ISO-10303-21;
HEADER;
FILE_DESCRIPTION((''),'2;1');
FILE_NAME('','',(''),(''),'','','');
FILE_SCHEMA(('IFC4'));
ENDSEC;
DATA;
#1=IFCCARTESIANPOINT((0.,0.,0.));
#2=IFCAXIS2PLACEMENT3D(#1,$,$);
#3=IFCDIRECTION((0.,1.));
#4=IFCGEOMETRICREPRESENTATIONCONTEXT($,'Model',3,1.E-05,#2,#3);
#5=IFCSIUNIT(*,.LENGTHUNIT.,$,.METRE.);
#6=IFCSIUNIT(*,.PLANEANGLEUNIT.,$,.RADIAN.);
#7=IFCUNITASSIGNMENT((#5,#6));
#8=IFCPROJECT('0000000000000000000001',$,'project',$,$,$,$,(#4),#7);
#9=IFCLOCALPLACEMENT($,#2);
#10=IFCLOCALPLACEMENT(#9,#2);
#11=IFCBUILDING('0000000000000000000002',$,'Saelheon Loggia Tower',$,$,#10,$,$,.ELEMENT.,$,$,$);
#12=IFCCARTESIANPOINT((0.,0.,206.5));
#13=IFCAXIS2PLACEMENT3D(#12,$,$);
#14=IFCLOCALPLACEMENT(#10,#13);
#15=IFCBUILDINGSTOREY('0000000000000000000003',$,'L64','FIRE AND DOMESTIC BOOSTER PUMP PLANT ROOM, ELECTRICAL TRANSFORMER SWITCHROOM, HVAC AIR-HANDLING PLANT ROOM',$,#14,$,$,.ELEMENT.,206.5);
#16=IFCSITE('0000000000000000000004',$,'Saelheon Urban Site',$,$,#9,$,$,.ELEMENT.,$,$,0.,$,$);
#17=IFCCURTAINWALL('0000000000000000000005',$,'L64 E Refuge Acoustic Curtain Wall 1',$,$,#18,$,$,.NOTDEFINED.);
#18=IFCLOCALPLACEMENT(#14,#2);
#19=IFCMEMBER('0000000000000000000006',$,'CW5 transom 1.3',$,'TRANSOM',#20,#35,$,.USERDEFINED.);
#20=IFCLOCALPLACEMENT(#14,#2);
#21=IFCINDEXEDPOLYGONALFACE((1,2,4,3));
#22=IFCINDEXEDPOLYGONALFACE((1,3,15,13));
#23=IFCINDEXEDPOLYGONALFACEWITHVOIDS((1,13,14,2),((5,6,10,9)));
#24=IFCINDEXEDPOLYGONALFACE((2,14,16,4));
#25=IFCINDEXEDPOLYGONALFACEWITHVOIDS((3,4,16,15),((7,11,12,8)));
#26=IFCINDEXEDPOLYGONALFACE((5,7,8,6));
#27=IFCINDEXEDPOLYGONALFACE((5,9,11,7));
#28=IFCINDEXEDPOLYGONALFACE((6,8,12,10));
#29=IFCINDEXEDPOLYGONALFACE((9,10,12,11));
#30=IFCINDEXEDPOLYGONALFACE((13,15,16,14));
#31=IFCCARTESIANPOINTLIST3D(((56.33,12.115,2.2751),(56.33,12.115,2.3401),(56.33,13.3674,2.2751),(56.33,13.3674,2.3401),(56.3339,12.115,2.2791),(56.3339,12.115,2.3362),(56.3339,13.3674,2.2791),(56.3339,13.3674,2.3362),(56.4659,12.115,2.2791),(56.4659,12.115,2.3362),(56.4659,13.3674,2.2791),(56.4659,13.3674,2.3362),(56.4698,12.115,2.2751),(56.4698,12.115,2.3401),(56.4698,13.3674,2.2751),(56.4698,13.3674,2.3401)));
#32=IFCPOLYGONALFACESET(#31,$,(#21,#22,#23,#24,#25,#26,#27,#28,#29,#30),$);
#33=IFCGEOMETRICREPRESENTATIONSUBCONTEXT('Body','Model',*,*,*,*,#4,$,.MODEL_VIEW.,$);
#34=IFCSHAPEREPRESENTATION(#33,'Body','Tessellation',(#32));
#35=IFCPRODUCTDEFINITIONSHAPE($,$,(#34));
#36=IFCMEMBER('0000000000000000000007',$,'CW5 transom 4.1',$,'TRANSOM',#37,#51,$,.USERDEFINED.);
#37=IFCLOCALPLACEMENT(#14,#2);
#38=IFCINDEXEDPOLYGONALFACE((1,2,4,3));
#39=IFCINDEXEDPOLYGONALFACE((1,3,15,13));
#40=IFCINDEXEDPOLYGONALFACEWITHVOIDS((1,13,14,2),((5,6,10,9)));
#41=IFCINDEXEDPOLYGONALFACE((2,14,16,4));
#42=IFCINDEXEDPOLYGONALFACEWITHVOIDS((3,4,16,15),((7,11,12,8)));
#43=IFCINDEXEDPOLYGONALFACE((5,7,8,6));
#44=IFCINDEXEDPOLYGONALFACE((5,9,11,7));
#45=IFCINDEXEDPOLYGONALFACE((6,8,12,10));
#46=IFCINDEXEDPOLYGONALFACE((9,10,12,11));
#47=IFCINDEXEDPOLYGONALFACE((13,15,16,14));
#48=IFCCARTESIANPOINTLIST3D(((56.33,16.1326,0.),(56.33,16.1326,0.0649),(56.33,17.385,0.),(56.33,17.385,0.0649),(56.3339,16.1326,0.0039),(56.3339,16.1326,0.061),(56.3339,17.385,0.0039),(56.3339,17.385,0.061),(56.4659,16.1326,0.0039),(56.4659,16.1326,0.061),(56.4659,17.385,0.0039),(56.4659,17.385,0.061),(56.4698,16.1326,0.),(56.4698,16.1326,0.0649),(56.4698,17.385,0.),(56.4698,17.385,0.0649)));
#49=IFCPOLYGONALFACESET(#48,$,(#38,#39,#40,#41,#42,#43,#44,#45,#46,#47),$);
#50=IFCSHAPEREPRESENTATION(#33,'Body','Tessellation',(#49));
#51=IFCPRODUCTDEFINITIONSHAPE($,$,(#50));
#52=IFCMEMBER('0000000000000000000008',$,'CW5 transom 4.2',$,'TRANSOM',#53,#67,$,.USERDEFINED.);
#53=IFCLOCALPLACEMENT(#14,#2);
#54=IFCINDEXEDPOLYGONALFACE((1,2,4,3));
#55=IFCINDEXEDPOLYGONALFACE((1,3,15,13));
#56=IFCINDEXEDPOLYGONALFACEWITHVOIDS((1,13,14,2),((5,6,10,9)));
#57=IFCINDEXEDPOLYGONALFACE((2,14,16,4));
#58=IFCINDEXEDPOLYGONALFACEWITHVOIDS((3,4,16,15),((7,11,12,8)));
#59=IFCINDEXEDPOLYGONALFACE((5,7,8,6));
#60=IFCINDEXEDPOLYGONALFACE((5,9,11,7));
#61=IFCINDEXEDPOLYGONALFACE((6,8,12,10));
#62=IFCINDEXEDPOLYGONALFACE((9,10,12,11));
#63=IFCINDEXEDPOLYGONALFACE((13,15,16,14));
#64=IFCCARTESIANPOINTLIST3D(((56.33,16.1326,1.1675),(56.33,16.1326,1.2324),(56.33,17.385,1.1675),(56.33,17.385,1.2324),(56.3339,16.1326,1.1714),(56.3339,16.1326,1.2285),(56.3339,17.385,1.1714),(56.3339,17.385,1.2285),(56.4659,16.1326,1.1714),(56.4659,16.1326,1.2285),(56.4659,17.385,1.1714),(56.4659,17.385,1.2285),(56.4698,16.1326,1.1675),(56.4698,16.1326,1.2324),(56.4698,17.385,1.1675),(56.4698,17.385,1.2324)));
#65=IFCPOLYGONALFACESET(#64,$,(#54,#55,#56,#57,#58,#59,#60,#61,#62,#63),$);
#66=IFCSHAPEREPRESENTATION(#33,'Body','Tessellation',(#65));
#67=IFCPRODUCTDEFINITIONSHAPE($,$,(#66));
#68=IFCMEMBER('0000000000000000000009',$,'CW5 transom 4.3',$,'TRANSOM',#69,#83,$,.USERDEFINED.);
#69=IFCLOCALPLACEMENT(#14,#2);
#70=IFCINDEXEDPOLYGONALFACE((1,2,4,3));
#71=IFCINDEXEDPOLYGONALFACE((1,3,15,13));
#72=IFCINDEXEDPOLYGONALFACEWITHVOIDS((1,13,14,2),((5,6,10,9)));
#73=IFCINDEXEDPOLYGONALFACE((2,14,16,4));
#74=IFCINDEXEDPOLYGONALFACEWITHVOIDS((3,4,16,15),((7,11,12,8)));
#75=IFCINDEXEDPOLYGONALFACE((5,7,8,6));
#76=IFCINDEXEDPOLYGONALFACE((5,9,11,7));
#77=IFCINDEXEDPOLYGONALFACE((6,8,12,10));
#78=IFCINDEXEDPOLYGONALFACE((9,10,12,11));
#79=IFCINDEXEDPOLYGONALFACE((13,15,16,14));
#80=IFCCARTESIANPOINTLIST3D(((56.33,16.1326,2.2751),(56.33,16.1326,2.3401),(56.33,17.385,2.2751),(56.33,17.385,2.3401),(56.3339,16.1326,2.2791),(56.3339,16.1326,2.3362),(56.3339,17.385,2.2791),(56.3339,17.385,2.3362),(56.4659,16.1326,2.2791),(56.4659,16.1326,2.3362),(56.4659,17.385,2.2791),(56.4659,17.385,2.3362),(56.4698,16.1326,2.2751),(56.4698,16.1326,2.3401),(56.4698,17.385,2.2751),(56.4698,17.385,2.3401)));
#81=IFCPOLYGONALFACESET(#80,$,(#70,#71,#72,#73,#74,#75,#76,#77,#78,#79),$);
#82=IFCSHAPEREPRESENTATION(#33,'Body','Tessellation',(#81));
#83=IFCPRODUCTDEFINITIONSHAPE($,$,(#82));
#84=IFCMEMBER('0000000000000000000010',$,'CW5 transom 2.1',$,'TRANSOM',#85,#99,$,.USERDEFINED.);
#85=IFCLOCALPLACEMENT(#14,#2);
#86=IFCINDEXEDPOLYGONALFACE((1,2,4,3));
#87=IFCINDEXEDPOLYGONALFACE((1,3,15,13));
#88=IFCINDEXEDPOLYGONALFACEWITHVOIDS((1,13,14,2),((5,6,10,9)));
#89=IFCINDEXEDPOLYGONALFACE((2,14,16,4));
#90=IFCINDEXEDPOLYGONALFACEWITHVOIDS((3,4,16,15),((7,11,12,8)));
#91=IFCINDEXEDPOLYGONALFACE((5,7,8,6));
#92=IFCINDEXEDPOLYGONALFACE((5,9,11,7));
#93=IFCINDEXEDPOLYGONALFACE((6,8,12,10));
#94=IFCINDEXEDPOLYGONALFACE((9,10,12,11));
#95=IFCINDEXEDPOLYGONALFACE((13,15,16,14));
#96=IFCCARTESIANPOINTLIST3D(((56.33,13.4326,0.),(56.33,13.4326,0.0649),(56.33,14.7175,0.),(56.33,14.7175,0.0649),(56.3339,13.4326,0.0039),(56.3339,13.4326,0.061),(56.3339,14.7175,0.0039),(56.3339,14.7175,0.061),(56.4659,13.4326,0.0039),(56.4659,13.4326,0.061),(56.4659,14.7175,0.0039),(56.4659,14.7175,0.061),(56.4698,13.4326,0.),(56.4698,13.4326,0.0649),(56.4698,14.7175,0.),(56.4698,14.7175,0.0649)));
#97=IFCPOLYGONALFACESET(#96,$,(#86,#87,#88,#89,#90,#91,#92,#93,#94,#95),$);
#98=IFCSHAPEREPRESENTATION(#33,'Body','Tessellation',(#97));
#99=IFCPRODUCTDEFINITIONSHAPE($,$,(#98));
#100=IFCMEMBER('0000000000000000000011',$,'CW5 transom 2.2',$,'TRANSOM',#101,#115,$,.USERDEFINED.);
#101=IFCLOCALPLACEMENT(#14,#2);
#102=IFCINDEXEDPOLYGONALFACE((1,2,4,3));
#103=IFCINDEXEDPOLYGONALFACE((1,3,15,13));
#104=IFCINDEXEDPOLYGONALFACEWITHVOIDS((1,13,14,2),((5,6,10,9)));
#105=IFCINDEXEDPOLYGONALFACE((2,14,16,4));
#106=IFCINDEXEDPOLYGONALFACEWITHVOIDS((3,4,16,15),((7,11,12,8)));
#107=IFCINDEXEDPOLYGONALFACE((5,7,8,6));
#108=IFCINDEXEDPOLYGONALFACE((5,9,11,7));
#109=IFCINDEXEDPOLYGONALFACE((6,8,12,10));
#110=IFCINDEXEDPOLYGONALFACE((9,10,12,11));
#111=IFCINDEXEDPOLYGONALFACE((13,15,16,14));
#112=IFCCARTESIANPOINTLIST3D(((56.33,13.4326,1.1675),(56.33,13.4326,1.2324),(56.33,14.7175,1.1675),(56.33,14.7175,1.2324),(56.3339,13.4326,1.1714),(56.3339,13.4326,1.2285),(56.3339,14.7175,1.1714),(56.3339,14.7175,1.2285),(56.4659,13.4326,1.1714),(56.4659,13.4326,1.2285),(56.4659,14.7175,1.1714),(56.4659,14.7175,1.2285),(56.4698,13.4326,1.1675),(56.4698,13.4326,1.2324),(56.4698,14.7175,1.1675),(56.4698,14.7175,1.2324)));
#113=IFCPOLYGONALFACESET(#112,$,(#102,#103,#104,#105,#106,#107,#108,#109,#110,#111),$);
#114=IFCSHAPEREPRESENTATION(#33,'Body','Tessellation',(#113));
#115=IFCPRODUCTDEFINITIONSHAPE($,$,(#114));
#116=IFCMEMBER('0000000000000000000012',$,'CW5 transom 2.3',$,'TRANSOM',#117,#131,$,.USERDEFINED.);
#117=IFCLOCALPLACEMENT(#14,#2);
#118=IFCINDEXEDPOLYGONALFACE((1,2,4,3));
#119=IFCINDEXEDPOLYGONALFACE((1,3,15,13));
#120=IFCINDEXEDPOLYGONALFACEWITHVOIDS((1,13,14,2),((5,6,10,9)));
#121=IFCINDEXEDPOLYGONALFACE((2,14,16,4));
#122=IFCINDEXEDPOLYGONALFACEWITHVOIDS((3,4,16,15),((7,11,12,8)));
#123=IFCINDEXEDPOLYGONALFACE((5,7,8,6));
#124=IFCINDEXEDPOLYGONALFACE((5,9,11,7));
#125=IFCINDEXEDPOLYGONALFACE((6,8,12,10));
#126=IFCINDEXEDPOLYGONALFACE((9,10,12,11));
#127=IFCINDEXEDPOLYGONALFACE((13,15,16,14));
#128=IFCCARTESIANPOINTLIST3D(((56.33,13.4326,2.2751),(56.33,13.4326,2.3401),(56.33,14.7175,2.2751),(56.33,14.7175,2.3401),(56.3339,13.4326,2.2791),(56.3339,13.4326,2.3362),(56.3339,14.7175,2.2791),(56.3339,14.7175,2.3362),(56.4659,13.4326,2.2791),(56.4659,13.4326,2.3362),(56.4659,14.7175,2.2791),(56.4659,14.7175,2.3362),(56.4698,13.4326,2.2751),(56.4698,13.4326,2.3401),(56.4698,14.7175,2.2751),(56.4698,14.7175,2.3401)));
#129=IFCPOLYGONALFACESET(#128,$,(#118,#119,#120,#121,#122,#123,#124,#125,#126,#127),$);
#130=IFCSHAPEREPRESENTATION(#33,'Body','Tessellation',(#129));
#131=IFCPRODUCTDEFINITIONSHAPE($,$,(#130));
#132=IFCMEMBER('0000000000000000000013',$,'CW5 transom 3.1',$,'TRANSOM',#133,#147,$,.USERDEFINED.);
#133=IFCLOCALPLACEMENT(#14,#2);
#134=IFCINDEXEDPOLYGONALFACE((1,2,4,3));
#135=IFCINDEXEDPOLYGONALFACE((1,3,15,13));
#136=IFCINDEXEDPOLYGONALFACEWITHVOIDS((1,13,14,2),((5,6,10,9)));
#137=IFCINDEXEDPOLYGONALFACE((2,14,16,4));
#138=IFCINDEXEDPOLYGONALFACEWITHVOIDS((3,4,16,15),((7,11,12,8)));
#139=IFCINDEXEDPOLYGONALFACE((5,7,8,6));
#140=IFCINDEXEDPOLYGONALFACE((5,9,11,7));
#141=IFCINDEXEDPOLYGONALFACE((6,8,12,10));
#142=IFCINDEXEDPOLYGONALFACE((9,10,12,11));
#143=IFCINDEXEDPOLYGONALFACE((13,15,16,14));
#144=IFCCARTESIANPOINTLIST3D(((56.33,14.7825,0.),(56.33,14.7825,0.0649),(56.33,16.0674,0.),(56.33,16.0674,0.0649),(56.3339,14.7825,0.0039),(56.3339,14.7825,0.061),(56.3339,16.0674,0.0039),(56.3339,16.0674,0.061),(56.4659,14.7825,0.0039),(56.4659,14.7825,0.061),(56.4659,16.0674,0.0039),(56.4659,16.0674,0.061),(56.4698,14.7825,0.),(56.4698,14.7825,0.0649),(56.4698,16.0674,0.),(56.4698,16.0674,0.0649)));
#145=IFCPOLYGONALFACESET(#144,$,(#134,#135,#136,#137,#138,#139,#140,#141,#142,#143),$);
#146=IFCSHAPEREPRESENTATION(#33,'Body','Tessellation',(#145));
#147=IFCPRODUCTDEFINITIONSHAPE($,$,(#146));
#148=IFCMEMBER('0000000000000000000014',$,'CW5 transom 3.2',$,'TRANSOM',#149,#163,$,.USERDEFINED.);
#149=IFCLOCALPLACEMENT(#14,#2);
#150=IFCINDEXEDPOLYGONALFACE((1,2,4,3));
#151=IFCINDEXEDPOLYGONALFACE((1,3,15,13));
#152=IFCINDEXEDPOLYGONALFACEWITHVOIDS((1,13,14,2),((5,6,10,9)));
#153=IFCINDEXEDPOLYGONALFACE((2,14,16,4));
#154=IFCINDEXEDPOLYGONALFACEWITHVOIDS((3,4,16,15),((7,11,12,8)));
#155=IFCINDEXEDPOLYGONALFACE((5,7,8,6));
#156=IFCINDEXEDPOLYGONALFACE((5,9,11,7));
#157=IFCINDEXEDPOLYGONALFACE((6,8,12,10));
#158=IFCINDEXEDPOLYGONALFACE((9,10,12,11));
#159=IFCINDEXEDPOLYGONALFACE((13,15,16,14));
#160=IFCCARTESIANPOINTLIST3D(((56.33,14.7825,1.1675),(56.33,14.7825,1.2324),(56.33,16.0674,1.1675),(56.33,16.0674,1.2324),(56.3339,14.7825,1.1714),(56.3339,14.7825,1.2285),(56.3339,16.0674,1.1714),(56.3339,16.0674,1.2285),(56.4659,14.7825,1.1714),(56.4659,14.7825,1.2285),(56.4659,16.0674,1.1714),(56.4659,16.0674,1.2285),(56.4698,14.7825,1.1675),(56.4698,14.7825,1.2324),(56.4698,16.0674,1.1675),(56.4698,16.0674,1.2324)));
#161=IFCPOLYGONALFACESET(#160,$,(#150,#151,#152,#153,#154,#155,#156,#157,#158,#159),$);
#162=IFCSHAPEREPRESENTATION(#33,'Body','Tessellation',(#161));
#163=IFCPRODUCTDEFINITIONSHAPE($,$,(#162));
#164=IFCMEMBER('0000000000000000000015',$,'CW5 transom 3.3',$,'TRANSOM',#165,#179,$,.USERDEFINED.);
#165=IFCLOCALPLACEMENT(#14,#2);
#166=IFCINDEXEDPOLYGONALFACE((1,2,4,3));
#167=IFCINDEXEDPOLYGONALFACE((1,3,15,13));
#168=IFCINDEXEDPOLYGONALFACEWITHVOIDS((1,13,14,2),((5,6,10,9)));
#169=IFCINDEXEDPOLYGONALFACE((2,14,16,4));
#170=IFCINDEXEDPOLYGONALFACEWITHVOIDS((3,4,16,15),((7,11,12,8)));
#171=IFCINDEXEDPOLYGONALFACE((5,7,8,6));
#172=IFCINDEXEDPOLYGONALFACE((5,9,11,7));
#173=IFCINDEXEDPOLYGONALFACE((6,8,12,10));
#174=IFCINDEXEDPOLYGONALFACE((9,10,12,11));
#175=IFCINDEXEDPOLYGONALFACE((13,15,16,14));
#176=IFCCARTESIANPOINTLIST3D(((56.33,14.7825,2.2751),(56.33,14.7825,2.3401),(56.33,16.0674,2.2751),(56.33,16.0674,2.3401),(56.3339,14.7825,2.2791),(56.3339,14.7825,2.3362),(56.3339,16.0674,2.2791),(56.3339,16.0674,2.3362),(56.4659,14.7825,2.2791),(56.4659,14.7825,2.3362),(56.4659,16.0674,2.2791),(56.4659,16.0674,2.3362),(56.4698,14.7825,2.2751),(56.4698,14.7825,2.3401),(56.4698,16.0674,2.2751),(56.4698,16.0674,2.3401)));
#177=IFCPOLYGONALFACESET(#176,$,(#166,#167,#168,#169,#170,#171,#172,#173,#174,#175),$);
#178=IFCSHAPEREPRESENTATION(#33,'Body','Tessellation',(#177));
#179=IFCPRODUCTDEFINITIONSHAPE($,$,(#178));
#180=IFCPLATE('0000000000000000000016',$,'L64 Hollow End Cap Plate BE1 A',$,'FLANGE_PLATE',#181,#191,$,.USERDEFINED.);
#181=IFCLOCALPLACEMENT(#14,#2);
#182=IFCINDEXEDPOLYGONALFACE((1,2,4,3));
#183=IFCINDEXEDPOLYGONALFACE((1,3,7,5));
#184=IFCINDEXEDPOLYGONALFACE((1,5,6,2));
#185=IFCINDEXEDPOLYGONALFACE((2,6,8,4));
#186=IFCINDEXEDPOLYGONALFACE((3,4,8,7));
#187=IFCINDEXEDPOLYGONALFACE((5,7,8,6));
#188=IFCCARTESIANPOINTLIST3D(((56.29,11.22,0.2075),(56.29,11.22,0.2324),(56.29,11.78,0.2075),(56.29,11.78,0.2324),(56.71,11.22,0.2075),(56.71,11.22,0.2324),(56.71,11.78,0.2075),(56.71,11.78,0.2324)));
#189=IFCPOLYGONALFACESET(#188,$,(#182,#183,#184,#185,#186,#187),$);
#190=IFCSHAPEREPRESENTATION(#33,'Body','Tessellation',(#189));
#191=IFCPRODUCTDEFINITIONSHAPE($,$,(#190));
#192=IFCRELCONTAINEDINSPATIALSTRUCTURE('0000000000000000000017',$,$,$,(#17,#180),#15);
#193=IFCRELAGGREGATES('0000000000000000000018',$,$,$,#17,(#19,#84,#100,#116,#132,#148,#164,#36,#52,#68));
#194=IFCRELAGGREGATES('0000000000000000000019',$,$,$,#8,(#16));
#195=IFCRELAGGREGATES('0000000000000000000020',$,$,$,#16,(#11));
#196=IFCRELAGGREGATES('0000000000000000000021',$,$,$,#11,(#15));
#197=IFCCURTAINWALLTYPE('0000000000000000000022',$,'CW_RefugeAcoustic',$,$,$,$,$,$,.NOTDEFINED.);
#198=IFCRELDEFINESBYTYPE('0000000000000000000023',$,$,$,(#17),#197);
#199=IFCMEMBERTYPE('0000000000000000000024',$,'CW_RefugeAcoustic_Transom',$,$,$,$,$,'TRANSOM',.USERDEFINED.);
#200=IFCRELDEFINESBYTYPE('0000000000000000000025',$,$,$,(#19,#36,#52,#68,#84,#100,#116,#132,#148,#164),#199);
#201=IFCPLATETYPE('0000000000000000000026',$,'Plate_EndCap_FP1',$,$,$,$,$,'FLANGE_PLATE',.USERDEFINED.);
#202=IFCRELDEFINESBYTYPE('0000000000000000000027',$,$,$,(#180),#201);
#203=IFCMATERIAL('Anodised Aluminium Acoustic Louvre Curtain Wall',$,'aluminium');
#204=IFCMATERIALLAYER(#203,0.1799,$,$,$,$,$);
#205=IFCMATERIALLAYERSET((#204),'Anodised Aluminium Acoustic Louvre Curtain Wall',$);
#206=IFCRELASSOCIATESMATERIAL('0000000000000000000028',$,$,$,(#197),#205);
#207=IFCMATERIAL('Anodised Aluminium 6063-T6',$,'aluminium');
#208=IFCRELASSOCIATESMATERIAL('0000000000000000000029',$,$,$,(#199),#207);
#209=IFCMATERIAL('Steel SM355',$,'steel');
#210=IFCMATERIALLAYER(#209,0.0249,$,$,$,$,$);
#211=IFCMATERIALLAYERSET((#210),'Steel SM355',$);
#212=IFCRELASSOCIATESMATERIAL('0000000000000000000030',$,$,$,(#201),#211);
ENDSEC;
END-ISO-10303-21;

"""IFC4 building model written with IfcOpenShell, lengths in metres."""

from ifc_helpers import new_model, si_unit, direction, frame, origin, origin_2d, place, context, subcontext, project, spatial, rectangle, hollow_rectangle, extrude, source, transform, mapped, material, layer, layer_set, material_profile, profile_set, type_object, element, aggregate, save


model = new_model("IFC4")

# Units and contexts
model_context = context("Model", 3, precision=1e-05, world=origin(), true_north=direction((0.0, 1.0)))
body_context = subcontext(model_context, "Body", "Model", "MODEL_VIEW")
ifc_project = project(units=[si_unit("LENGTHUNIT", "METRE"), si_unit("PLANEANGLEUNIT", "RADIAN")], contexts=[model_context])

# Site, building, storey
site_placement = place(None, origin())
site = spatial("IfcSite", under=ifc_project, at=site_placement, Name="Saelheon Urban Site", CompositionType="ELEMENT", RefElevation=0.0)
building_placement = place(site_placement, origin())
building = spatial("IfcBuilding", under=site, at=building_placement, Name="Saelheon Loggia Tower", CompositionType="ELEMENT")
storey_placement = place(building_placement, frame((0.0, 0.0, 206.5)))
storey = spatial("IfcBuildingStorey", under=building, at=storey_placement, Name="L64", Description="FIRE AND DOMESTIC BOOSTER PUMP PLANT ROOM, ELECTRICAL TRANSFORMER SWITCHROOM, HVAC AIR-HANDLING PLANT ROOM", CompositionType="ELEMENT", Elevation=206.5)

# Shared definitions
ifc_material_1 = material(Name="Steel SM355", Category="steel")

# Curtain wall, members
ifc_material_2 = material(Name="Anodised Aluminium Acoustic Louvre Curtain Wall", Category="aluminium")
ifc_layer_1 = layer(ifc_material_2, 0.1799)
ifc_layer_set_1 = layer_set([ifc_layer_1], Name="Anodised Aluminium Acoustic Louvre Curtain Wall")
curtain_wall_type = type_object("IfcCurtainWallType", Name="CW_RefugeAcoustic", PredefinedType="NOTDEFINED", material=ifc_layer_set_1)
curtain_wall_placement = place(storey_placement, origin())
curtain_wall = element("IfcCurtainWall", 1, at=curtain_wall_placement, inside=storey, type_object=curtain_wall_type, Name="L64 E Refuge Acoustic Curtain Wall 1", PredefinedType="NOTDEFINED")
ifc_material_3 = material(Name="Anodised Aluminium 6063-T6", Category="aluminium")
ifc_material_profile_1 = material_profile(ifc_material_3, hollow_rectangle(XDim=0.0649, YDim=0.1399, WallThickness=0.0039, at=origin_2d()), Name="RHS-140x65x4")
ifc_profile_set_1 = profile_set([ifc_material_profile_1], Name="Anodised Aluminium 6063-T6")
member_type_1 = type_object("IfcMemberType", Name="CW_RefugeAcoustic_Transom", ElementType="TRANSOM", PredefinedType="USERDEFINED", material=ifc_profile_set_1)
shared_shape_1 = source(origin(), body_context, "Body", "SweptSolid", [
    extrude(hollow_rectangle(XDim=0.0649, YDim=0.1399, WallThickness=0.0039, at=origin_2d()), origin(), (0.0, 0.0, 1.0), 1.2524),
])
member_1_placement = place(storey_placement, frame((56.3999, 12.115, 2.3076), z_axis=(0.0, 1.0, 0.0), x_axis=(0.0, 0.0, 1.0)))
member_1 = element("IfcMember", 2, at=member_1_placement, type_object=member_type_1, Name="CW5 transom 1.3", ObjectType="TRANSOM", PredefinedType="USERDEFINED", context=body_context, shape_type="MappedRepresentation", body=[
    mapped(shared_shape_1, transform((0.0, 0.0, 0.0), scale=1.0)),
])
member_2_placement = place(storey_placement, frame((56.3999, 16.1326, 0.0325), z_axis=(0.0, 1.0, 0.0), x_axis=(0.0, 0.0, 1.0)))
member_2 = element("IfcMember", 3, at=member_2_placement, type_object=member_type_1, Name="CW5 transom 4.1", ObjectType="TRANSOM", PredefinedType="USERDEFINED", context=body_context, shape_type="MappedRepresentation", body=[
    mapped(shared_shape_1, transform((0.0, 0.0, 0.0), scale=1.0)),
])
member_3_placement = place(storey_placement, frame((56.3999, 16.1326, 1.2), z_axis=(0.0, 1.0, 0.0), x_axis=(0.0, 0.0, 1.0)))
member_3 = element("IfcMember", 4, at=member_3_placement, type_object=member_type_1, Name="CW5 transom 4.2", ObjectType="TRANSOM", PredefinedType="USERDEFINED", context=body_context, shape_type="MappedRepresentation", body=[
    mapped(shared_shape_1, transform((0.0, 0.0, 0.0), scale=1.0)),
])
member_4_placement = place(storey_placement, frame((56.3999, 16.1326, 2.3076), z_axis=(0.0, 1.0, 0.0), x_axis=(0.0, 0.0, 1.0)))
member_4 = element("IfcMember", 5, at=member_4_placement, type_object=member_type_1, Name="CW5 transom 4.3", ObjectType="TRANSOM", PredefinedType="USERDEFINED", context=body_context, shape_type="MappedRepresentation", body=[
    mapped(shared_shape_1, transform((0.0, 0.0, 0.0), scale=1.0)),
])
shared_shape_2 = source(origin(), body_context, "Body", "SweptSolid", [
    extrude(hollow_rectangle(XDim=0.0649, YDim=0.1399, WallThickness=0.0039, at=origin_2d()), origin(), (0.0, 0.0, 1.0), 1.2849),
])
member_5_placement = place(storey_placement, frame((56.3999, 13.4326, 0.0325), z_axis=(0.0, 1.0, 0.0), x_axis=(0.0, 0.0, 1.0)))
member_5 = element("IfcMember", 6, at=member_5_placement, type_object=member_type_1, Name="CW5 transom 2.1", ObjectType="TRANSOM", PredefinedType="USERDEFINED", context=body_context, shape_type="MappedRepresentation", body=[
    mapped(shared_shape_2, transform((0.0, 0.0, 0.0), scale=1.0)),
])
member_6_placement = place(storey_placement, frame((56.3999, 13.4326, 1.2), z_axis=(0.0, 1.0, 0.0), x_axis=(0.0, 0.0, 1.0)))
member_6 = element("IfcMember", 7, at=member_6_placement, type_object=member_type_1, Name="CW5 transom 2.2", ObjectType="TRANSOM", PredefinedType="USERDEFINED", context=body_context, shape_type="MappedRepresentation", body=[
    mapped(shared_shape_2, transform((0.0, 0.0, 0.0), scale=1.0)),
])
member_7_placement = place(storey_placement, frame((56.3999, 13.4326, 2.3076), z_axis=(0.0, 1.0, 0.0), x_axis=(0.0, 0.0, 1.0)))
member_7 = element("IfcMember", 8, at=member_7_placement, type_object=member_type_1, Name="CW5 transom 2.3", ObjectType="TRANSOM", PredefinedType="USERDEFINED", context=body_context, shape_type="MappedRepresentation", body=[
    mapped(shared_shape_2, transform((0.0, 0.0, 0.0), scale=1.0)),
])
member_8_placement = place(storey_placement, frame((56.3999, 14.7825, 0.0325), z_axis=(0.0, 1.0, 0.0), x_axis=(0.0, 0.0, 1.0)))
member_8 = element("IfcMember", 9, at=member_8_placement, type_object=member_type_1, Name="CW5 transom 3.1", ObjectType="TRANSOM", PredefinedType="USERDEFINED", context=body_context, shape_type="MappedRepresentation", body=[
    mapped(shared_shape_2, transform((0.0, 0.0, 0.0), scale=1.0)),
])
member_9_placement = place(storey_placement, frame((56.3999, 14.7825, 1.2), z_axis=(0.0, 1.0, 0.0), x_axis=(0.0, 0.0, 1.0)))
member_9 = element("IfcMember", 10, at=member_9_placement, type_object=member_type_1, Name="CW5 transom 3.2", ObjectType="TRANSOM", PredefinedType="USERDEFINED", context=body_context, shape_type="MappedRepresentation", body=[
    mapped(shared_shape_2, transform((0.0, 0.0, 0.0), scale=1.0)),
])
member_10_placement = place(storey_placement, frame((56.3999, 14.7825, 2.3076), z_axis=(0.0, 1.0, 0.0), x_axis=(0.0, 0.0, 1.0)))
member_10 = element("IfcMember", 11, at=member_10_placement, type_object=member_type_1, Name="CW5 transom 3.3", ObjectType="TRANSOM", PredefinedType="USERDEFINED", context=body_context, shape_type="MappedRepresentation", body=[
    mapped(shared_shape_2, transform((0.0, 0.0, 0.0), scale=1.0)),
])

# Plate
ifc_layer_2 = layer(ifc_material_1, 0.0249)
ifc_layer_set_2 = layer_set([ifc_layer_2], Name="Steel SM355")
plate_type_1 = type_object("IfcPlateType", Name="Plate_EndCap_FP1", ElementType="FLANGE_PLATE", PredefinedType="USERDEFINED", material=ifc_layer_set_2)
shared_shape_3 = source(origin(), body_context, "Body", "SweptSolid", [
    extrude(rectangle(XDim=0.5601, YDim=0.4199, at=origin_2d()), origin(), (0.0, 0.0, 1.0), 0.0249),
])
for number, where, z_axis, x_axis, name in (
    (12, (56.5, 11.5, 0.2075), (0.0, 0.0, 1.0), (0.0, 1.0, 0.0), "L64 Hollow End Cap Plate BE1 A"),
):
    element("IfcPlate", number, at=place(storey_placement, frame(where, z_axis=z_axis, x_axis=x_axis)), inside=storey, type_object=plate_type_1, Name=name, ObjectType="FLANGE_PLATE", PredefinedType="USERDEFINED", context=body_context, shape_type="MappedRepresentation", body=[
        mapped(shared_shape_3, transform((0.0, 0.0, 0.0), scale=1.0)),
    ])

aggregate(curtain_wall, [member_1, member_5, member_6, member_7, member_8, member_9, member_10, member_2, member_3, member_4])

save(model, "model.ifc")
